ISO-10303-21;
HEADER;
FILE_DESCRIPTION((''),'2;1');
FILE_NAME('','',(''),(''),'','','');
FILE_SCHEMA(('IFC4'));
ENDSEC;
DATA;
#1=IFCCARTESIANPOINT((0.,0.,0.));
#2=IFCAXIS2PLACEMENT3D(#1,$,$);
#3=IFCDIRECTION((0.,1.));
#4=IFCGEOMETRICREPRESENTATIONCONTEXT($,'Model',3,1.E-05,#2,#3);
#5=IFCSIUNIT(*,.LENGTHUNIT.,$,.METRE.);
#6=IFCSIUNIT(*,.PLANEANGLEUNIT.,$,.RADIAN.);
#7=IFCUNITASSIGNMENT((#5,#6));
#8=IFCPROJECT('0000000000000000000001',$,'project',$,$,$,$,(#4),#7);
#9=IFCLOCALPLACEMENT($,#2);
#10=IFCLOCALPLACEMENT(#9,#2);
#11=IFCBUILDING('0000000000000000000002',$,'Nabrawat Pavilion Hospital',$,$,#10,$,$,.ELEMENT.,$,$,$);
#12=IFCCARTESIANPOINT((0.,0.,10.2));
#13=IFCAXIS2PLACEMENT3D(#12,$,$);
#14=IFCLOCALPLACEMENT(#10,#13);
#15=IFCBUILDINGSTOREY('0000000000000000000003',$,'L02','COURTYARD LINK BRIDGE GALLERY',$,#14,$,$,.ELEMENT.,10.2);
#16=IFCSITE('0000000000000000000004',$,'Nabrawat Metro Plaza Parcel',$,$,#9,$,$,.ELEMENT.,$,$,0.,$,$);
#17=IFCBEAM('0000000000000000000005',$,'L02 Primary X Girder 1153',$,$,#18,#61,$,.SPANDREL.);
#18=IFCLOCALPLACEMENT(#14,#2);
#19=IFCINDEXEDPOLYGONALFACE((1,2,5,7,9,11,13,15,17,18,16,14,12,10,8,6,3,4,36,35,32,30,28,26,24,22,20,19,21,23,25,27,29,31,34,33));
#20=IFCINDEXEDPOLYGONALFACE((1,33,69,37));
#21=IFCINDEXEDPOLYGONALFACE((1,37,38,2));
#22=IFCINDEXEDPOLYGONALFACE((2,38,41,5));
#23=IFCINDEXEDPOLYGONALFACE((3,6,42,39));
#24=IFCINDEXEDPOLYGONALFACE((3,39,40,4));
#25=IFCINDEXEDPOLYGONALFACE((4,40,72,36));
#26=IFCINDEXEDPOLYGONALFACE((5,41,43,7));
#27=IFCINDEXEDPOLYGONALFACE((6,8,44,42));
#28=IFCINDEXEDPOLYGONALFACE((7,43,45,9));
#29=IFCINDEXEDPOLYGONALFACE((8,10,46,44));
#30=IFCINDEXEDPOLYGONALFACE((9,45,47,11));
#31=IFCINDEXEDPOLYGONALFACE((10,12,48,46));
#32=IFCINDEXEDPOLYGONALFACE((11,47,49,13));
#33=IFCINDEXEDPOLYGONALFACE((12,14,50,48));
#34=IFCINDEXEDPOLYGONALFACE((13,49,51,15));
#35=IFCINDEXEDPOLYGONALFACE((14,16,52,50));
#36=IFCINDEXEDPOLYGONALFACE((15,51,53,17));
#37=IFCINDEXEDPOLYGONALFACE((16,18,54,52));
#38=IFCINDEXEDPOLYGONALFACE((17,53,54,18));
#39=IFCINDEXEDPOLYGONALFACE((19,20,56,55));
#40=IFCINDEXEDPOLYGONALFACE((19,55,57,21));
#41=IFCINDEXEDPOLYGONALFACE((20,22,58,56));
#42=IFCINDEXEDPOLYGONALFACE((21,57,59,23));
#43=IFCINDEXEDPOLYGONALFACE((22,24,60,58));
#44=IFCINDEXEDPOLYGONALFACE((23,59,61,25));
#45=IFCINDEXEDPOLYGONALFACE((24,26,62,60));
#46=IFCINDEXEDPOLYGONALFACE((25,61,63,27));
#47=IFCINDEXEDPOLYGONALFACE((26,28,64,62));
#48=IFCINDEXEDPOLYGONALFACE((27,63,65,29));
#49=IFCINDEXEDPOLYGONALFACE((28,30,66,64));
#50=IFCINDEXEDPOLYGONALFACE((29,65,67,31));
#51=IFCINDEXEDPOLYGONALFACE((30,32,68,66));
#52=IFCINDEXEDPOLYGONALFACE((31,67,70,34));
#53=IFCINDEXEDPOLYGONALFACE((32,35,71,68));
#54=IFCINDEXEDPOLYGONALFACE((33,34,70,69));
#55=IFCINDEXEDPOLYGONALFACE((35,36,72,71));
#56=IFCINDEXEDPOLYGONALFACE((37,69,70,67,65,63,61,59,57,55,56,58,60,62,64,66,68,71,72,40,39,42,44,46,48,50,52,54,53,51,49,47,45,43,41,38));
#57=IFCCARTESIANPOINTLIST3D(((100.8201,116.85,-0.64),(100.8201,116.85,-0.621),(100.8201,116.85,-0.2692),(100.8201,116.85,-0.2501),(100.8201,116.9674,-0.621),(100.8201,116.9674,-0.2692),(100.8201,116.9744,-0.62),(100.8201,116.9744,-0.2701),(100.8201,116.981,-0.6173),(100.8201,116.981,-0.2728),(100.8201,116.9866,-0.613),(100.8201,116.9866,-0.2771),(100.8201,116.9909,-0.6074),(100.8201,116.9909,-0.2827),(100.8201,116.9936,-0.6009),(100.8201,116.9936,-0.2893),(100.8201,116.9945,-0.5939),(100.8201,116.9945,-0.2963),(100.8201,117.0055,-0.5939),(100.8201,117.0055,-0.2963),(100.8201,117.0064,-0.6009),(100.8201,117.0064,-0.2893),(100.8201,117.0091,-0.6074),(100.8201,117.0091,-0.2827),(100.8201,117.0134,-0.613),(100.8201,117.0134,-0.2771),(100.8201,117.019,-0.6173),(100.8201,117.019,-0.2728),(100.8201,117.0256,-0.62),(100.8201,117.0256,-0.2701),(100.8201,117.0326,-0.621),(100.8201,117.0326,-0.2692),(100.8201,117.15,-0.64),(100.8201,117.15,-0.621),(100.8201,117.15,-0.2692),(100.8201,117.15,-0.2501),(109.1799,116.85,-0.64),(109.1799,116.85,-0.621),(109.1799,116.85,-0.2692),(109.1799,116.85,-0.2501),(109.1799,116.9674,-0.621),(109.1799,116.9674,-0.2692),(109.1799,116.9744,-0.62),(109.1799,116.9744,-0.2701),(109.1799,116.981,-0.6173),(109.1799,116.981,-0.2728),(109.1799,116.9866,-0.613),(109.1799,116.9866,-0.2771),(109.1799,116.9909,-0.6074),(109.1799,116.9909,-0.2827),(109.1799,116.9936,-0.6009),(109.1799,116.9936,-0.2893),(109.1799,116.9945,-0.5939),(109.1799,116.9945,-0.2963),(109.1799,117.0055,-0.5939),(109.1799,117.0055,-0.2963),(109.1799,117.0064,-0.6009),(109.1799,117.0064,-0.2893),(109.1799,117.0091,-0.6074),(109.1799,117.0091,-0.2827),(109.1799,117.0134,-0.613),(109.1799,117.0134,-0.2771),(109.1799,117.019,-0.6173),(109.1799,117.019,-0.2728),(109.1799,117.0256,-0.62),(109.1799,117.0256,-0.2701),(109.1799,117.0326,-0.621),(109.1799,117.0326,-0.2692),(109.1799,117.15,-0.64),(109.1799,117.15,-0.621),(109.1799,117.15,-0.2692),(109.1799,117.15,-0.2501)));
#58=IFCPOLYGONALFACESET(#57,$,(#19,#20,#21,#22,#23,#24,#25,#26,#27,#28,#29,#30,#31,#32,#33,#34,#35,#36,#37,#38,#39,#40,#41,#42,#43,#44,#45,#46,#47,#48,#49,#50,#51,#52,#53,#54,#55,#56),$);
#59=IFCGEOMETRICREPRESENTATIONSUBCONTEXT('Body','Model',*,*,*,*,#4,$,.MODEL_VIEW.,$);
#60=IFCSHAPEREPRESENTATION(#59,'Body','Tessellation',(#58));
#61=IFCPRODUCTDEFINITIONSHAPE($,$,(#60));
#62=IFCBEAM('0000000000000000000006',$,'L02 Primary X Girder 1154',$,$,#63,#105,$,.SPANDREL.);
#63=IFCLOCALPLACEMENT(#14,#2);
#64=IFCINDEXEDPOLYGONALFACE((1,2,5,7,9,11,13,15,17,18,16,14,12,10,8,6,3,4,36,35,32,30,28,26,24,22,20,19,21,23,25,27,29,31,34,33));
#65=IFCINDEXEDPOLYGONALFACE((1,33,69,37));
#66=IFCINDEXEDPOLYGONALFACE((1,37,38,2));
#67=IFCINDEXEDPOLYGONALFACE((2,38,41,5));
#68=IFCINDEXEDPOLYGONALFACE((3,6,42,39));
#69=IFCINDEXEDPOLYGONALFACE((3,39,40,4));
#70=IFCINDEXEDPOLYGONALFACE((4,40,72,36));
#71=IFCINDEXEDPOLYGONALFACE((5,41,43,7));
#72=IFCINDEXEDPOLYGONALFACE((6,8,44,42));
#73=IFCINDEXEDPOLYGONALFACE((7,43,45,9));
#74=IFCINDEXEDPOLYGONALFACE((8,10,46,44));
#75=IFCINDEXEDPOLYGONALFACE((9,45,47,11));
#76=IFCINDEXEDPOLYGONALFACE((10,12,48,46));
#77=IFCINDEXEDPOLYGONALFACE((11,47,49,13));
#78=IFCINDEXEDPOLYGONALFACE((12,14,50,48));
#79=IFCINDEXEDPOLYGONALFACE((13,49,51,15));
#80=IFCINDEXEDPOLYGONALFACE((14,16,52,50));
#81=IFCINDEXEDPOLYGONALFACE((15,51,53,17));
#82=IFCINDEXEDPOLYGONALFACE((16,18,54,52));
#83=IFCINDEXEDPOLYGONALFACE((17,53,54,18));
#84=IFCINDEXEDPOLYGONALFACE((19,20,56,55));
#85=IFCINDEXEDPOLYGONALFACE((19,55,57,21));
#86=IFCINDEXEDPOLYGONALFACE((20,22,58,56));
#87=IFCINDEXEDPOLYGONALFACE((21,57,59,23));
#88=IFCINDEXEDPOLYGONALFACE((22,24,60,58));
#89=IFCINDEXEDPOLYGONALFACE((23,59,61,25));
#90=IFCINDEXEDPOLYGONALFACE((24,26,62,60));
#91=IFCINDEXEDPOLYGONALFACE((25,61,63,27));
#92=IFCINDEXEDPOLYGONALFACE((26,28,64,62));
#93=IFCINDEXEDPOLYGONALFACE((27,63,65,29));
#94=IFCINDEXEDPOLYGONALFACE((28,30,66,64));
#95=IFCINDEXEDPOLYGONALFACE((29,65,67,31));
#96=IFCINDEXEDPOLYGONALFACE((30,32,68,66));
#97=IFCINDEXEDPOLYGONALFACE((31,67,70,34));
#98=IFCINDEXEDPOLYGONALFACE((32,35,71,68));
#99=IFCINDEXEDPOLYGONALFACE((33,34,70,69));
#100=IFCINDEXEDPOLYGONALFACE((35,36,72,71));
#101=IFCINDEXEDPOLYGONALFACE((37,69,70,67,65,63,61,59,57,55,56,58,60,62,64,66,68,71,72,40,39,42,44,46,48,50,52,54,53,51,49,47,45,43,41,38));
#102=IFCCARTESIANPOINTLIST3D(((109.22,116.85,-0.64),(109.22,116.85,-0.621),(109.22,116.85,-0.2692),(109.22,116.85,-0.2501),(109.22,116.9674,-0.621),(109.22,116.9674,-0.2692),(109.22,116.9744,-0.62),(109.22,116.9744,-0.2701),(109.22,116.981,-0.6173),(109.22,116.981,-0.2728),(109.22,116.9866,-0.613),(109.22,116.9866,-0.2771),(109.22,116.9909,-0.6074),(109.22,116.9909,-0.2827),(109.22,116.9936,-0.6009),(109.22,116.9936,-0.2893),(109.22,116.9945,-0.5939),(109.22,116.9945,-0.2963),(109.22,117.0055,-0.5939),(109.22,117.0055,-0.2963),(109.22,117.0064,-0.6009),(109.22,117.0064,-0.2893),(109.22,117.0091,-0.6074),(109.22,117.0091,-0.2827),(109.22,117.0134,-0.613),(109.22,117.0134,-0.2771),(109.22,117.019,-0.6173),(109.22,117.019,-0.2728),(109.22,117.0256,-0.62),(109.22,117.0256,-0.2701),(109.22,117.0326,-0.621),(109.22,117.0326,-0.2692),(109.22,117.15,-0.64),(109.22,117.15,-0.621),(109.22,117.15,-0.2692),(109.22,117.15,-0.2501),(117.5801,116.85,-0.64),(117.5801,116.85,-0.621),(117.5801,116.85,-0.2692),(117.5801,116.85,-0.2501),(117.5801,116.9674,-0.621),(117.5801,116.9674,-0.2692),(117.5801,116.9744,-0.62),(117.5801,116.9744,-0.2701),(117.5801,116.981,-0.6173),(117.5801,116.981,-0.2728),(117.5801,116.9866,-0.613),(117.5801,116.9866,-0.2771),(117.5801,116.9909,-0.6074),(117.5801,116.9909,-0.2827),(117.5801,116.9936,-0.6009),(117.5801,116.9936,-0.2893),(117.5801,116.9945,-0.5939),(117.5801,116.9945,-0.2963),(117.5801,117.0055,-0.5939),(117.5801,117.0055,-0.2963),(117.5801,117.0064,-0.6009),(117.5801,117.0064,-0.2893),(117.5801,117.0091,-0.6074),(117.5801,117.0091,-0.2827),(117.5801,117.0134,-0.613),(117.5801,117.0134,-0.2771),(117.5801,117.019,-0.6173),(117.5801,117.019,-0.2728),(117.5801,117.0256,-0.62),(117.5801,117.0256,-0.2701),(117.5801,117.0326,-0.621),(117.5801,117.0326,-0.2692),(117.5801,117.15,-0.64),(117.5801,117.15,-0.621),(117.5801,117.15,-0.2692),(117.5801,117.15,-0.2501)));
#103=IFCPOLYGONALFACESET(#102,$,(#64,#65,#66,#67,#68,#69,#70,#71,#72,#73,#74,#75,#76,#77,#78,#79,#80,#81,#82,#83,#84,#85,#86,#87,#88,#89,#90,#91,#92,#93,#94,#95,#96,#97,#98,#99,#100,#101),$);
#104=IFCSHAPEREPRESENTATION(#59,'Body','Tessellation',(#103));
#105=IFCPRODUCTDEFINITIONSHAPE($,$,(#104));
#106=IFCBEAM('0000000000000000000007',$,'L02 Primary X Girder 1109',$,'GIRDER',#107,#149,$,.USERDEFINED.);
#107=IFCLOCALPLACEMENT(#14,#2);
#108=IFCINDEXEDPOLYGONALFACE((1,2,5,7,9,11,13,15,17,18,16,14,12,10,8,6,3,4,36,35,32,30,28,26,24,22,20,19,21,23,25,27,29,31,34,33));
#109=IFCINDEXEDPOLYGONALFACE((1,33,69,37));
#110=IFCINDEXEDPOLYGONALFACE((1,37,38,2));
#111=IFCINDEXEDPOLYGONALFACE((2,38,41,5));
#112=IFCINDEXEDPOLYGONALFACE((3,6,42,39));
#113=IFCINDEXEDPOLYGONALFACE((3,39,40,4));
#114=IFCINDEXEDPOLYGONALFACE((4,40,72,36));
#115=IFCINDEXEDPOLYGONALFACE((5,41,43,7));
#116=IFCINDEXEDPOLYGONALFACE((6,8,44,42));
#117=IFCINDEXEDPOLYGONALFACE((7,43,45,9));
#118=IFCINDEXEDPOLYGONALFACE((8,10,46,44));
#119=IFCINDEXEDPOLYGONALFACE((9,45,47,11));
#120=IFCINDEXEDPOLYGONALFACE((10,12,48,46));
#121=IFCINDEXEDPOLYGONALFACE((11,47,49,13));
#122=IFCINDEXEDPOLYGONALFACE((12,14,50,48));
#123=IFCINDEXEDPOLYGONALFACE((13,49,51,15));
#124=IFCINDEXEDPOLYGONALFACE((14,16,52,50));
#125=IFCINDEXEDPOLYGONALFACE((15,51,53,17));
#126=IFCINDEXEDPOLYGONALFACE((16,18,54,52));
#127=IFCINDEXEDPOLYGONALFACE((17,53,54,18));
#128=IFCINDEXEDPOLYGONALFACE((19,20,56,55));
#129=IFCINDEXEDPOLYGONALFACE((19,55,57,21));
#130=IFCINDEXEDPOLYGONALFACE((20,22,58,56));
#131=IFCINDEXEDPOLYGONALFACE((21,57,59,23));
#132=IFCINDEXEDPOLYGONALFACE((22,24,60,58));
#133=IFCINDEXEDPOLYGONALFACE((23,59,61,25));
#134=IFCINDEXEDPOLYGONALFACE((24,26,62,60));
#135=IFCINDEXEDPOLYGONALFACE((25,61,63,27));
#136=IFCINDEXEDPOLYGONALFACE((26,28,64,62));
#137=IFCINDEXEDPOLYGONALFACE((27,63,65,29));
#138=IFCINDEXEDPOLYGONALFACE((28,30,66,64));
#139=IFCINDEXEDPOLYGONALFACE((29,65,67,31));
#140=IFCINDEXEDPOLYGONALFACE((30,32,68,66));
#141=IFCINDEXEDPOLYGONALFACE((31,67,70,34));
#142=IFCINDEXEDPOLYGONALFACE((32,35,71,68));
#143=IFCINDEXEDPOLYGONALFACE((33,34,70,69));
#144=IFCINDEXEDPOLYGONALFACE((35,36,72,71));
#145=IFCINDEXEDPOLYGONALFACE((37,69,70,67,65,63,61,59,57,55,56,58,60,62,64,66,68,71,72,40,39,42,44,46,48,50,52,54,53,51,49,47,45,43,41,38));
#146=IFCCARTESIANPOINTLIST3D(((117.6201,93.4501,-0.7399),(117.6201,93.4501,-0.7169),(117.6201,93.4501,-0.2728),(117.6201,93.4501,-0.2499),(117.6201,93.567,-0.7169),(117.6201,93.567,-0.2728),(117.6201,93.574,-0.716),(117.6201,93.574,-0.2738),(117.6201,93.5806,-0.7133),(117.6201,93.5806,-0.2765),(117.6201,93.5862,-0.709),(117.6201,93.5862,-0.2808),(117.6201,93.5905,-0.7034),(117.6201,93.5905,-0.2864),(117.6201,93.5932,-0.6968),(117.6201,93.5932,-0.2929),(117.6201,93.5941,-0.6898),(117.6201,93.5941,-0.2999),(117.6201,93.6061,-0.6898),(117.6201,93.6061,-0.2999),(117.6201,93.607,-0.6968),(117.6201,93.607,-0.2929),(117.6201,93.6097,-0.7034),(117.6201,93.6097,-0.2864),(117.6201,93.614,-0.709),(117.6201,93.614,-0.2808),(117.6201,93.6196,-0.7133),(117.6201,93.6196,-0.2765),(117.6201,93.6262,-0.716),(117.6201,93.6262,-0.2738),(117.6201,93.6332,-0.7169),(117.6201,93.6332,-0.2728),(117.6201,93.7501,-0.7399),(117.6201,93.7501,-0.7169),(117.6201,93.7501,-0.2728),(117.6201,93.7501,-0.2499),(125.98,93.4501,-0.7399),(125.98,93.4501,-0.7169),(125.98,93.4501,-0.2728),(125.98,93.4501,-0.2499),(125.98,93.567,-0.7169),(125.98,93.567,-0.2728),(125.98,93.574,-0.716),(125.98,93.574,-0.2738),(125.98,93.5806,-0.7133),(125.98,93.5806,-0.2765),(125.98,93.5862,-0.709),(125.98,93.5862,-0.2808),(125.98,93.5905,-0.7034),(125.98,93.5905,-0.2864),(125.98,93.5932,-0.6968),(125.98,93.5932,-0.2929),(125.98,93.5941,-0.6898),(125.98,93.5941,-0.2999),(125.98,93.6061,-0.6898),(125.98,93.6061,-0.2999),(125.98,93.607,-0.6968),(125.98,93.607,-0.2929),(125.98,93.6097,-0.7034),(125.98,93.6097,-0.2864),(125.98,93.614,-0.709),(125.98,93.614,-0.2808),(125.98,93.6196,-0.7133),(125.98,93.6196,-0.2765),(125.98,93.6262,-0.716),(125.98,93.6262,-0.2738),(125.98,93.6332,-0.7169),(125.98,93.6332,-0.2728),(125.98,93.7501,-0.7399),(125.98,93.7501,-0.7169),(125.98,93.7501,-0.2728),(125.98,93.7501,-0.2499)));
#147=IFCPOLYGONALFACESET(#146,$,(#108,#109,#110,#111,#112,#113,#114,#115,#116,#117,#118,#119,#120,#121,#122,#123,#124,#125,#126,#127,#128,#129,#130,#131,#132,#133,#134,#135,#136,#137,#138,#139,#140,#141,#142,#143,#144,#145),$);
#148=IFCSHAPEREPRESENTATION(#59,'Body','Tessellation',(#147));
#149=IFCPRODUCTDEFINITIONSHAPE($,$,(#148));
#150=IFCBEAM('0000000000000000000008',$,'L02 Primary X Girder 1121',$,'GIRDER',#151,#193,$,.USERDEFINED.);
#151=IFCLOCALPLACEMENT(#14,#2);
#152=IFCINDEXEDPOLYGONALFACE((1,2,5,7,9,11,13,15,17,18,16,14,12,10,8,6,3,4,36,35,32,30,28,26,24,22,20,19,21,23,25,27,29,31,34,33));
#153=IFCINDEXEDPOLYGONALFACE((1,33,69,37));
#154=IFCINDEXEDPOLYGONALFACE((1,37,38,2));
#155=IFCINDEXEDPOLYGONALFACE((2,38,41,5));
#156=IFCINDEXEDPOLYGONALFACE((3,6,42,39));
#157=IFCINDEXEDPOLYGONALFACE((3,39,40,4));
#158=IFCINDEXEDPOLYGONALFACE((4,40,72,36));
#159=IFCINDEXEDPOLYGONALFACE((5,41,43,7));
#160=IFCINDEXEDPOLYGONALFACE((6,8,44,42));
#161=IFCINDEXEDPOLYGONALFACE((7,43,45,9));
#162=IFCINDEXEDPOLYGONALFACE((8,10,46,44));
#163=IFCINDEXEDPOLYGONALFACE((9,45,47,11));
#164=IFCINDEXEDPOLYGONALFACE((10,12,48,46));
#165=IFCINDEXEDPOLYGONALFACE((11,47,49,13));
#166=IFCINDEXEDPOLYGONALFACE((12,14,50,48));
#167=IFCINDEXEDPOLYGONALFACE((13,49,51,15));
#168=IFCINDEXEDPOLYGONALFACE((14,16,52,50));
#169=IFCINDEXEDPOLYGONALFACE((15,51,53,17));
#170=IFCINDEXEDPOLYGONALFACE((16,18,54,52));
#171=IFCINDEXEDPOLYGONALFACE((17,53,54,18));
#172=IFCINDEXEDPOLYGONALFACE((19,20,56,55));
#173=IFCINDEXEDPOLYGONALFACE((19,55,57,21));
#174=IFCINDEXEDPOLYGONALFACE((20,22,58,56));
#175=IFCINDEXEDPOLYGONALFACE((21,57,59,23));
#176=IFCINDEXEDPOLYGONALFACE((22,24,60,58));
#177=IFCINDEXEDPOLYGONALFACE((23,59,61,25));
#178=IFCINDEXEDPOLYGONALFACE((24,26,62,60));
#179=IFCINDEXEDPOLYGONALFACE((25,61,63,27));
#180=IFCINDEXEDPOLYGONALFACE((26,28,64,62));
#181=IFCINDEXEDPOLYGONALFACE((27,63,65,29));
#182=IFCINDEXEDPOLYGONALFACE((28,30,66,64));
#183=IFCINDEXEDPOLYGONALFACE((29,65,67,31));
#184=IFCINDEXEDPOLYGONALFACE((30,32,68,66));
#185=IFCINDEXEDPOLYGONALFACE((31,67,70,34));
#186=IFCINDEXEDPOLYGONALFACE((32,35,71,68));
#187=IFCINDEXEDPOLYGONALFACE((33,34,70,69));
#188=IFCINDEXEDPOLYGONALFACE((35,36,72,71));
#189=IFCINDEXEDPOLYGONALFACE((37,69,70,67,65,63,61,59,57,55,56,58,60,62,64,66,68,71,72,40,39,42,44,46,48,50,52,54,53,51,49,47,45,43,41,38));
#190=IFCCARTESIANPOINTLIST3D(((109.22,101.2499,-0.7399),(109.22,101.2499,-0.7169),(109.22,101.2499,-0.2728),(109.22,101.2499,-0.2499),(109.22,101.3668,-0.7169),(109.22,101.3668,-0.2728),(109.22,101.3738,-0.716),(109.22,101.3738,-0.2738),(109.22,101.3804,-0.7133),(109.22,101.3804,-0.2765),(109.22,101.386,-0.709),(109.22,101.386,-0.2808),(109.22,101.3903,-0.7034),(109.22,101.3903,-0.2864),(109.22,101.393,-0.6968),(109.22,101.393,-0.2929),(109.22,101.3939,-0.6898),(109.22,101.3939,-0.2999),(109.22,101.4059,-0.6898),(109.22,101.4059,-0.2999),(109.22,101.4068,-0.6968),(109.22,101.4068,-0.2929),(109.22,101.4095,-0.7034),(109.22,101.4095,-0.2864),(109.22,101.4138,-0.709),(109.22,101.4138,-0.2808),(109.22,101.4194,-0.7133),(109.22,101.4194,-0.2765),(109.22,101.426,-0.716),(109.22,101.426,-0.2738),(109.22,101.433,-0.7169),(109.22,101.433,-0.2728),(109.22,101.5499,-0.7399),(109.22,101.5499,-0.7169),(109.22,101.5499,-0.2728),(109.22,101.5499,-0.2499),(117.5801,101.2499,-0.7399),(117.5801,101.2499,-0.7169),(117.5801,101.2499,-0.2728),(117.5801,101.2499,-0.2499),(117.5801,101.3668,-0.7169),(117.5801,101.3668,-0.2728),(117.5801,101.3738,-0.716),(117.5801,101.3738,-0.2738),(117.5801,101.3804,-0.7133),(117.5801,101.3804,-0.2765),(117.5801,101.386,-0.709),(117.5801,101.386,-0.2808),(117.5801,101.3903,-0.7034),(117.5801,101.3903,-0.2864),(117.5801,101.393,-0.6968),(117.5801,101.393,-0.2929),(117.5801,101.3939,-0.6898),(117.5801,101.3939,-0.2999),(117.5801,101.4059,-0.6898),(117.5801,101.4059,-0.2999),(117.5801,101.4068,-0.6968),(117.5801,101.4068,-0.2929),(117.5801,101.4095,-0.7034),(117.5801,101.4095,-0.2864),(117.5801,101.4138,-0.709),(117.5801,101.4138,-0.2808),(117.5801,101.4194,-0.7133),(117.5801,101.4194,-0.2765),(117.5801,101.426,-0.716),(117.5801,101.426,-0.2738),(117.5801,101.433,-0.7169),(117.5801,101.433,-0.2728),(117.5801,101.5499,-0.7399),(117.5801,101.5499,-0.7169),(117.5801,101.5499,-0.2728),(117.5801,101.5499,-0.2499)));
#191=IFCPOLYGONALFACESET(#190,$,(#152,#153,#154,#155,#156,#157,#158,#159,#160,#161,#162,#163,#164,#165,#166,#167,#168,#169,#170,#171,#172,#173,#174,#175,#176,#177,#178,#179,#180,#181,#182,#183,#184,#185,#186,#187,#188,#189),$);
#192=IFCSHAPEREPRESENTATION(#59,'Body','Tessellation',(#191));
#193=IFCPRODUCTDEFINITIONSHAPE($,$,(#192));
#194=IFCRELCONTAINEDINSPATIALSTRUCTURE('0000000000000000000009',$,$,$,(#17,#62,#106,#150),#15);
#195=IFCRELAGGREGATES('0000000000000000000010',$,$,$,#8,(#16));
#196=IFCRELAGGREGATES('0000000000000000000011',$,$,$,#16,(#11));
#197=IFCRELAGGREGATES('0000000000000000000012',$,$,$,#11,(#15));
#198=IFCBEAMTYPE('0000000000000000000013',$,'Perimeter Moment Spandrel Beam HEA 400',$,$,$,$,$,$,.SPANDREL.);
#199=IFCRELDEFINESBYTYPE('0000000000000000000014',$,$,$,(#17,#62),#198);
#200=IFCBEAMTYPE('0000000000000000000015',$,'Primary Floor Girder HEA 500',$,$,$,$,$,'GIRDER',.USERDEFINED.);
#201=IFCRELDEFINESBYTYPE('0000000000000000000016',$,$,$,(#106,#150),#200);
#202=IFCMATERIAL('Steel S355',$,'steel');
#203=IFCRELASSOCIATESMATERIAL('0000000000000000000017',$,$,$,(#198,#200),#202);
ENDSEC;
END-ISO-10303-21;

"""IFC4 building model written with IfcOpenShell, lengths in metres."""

from ifc_helpers import new_model, si_unit, direction, frame, origin, origin_2d, place, context, subcontext, project, spatial, i_section, extrude, material, material_profile, profile_set, type_object, element, save


model = new_model("IFC4")

# Units and contexts
model_context = context("Model", 3, precision=1e-05, world=origin(), true_north=direction((0.0, 1.0)))
body_context = subcontext(model_context, "Body", "Model", "MODEL_VIEW")
ifc_project = project(units=[si_unit("LENGTHUNIT", "METRE"), si_unit("PLANEANGLEUNIT", "RADIAN")], contexts=[model_context])

# Site, building, storey
site_placement = place(None, origin())
site = spatial("IfcSite", under=ifc_project, at=site_placement, Name="Nabrawat Metro Plaza Parcel", CompositionType="ELEMENT", RefElevation=0.0)
building_placement = place(site_placement, origin())
building = spatial("IfcBuilding", under=site, at=building_placement, Name="Nabrawat Pavilion Hospital", CompositionType="ELEMENT")
storey_placement = place(building_placement, frame((0.0, 0.0, 10.2)))
storey = spatial("IfcBuildingStorey", under=building, at=storey_placement, Name="L02", Description="COURTYARD LINK BRIDGE GALLERY", CompositionType="ELEMENT", Elevation=10.2)

# Shared definitions
ifc_material_1 = material(Name="Steel S355", Category="steel")

# Beams
ifc_material_profile_1 = material_profile(ifc_material_1, i_section(OverallWidth=0.3, OverallDepth=0.3899, WebThickness=0.011, FlangeThickness=0.019, FilletRadius=0.0271, at=origin_2d()), Name="HEA 400")
ifc_profile_set_1 = profile_set([ifc_material_profile_1], Name="Steel S355")
beam_type_1 = type_object("IfcBeamType", Name="Perimeter Moment Spandrel Beam HEA 400", PredefinedType="SPANDREL", material=ifc_profile_set_1)
beam_1_placement = place(storey_placement, frame((100.8201, 117.0, -0.4451), z_axis=(1.0, 0.0, 0.0), x_axis=(0.0, 1.0, 0.0)))
element("IfcBeam", 1, at=beam_1_placement, inside=storey, type_object=beam_type_1, Name="L02 Primary X Girder 1153", PredefinedType="SPANDREL", context=body_context, shape_type="SweptSolid", body=[
    extrude(i_section(OverallWidth=0.3, OverallDepth=0.3899, WebThickness=0.011, FlangeThickness=0.019, FilletRadius=0.0271, at=origin_2d()), origin(), (0.0, 0.0, 1.0), 8.3599),
])
beam_2_placement = place(storey_placement, frame((109.22, 117.0, -0.4451), z_axis=(1.0, 0.0, 0.0), x_axis=(0.0, 1.0, 0.0)))
element("IfcBeam", 2, at=beam_2_placement, inside=storey, type_object=beam_type_1, Name="L02 Primary X Girder 1154", PredefinedType="SPANDREL", context=body_context, shape_type="SweptSolid", body=[
    extrude(i_section(OverallWidth=0.3, OverallDepth=0.3899, WebThickness=0.011, FlangeThickness=0.019, FilletRadius=0.0271, at=origin_2d()), origin(), (0.0, 0.0, 1.0), 8.3601),
])
ifc_material_profile_2 = material_profile(ifc_material_1, i_section(OverallWidth=0.3, OverallDepth=0.49, WebThickness=0.012, FlangeThickness=0.0229, FilletRadius=0.0271, at=origin_2d()), Name="HEA 500")
ifc_profile_set_2 = profile_set([ifc_material_profile_2], Name="Steel S355")
beam_type_2 = type_object("IfcBeamType", Name="Primary Floor Girder HEA 500", ElementType="GIRDER", PredefinedType="USERDEFINED", material=ifc_profile_set_2)
beam_3_placement = place(storey_placement, frame((117.6201, 93.6001, -0.4949), z_axis=(1.0, 0.0, 0.0), x_axis=(0.0, 1.0, 0.0)))
element("IfcBeam", 3, at=beam_3_placement, inside=storey, type_object=beam_type_2, Name="L02 Primary X Girder 1109", ObjectType="GIRDER", PredefinedType="USERDEFINED", context=body_context, shape_type="SweptSolid", body=[
    extrude(i_section(OverallWidth=0.3, OverallDepth=0.49, WebThickness=0.012, FlangeThickness=0.0229, FilletRadius=0.0271, at=origin_2d()), origin(), (0.0, 0.0, 1.0), 8.3599),
])
beam_4_placement = place(storey_placement, frame((109.22, 101.3999, -0.4949), z_axis=(1.0, 0.0, 0.0), x_axis=(0.0, 1.0, 0.0)))
element("IfcBeam", 4, at=beam_4_placement, inside=storey, type_object=beam_type_2, Name="L02 Primary X Girder 1121", ObjectType="GIRDER", PredefinedType="USERDEFINED", context=body_context, shape_type="SweptSolid", body=[
    extrude(i_section(OverallWidth=0.3, OverallDepth=0.49, WebThickness=0.012, FlangeThickness=0.0229, FilletRadius=0.0271, at=origin_2d()), origin(), (0.0, 0.0, 1.0), 8.3601),
])

save(model, "model.ifc")
